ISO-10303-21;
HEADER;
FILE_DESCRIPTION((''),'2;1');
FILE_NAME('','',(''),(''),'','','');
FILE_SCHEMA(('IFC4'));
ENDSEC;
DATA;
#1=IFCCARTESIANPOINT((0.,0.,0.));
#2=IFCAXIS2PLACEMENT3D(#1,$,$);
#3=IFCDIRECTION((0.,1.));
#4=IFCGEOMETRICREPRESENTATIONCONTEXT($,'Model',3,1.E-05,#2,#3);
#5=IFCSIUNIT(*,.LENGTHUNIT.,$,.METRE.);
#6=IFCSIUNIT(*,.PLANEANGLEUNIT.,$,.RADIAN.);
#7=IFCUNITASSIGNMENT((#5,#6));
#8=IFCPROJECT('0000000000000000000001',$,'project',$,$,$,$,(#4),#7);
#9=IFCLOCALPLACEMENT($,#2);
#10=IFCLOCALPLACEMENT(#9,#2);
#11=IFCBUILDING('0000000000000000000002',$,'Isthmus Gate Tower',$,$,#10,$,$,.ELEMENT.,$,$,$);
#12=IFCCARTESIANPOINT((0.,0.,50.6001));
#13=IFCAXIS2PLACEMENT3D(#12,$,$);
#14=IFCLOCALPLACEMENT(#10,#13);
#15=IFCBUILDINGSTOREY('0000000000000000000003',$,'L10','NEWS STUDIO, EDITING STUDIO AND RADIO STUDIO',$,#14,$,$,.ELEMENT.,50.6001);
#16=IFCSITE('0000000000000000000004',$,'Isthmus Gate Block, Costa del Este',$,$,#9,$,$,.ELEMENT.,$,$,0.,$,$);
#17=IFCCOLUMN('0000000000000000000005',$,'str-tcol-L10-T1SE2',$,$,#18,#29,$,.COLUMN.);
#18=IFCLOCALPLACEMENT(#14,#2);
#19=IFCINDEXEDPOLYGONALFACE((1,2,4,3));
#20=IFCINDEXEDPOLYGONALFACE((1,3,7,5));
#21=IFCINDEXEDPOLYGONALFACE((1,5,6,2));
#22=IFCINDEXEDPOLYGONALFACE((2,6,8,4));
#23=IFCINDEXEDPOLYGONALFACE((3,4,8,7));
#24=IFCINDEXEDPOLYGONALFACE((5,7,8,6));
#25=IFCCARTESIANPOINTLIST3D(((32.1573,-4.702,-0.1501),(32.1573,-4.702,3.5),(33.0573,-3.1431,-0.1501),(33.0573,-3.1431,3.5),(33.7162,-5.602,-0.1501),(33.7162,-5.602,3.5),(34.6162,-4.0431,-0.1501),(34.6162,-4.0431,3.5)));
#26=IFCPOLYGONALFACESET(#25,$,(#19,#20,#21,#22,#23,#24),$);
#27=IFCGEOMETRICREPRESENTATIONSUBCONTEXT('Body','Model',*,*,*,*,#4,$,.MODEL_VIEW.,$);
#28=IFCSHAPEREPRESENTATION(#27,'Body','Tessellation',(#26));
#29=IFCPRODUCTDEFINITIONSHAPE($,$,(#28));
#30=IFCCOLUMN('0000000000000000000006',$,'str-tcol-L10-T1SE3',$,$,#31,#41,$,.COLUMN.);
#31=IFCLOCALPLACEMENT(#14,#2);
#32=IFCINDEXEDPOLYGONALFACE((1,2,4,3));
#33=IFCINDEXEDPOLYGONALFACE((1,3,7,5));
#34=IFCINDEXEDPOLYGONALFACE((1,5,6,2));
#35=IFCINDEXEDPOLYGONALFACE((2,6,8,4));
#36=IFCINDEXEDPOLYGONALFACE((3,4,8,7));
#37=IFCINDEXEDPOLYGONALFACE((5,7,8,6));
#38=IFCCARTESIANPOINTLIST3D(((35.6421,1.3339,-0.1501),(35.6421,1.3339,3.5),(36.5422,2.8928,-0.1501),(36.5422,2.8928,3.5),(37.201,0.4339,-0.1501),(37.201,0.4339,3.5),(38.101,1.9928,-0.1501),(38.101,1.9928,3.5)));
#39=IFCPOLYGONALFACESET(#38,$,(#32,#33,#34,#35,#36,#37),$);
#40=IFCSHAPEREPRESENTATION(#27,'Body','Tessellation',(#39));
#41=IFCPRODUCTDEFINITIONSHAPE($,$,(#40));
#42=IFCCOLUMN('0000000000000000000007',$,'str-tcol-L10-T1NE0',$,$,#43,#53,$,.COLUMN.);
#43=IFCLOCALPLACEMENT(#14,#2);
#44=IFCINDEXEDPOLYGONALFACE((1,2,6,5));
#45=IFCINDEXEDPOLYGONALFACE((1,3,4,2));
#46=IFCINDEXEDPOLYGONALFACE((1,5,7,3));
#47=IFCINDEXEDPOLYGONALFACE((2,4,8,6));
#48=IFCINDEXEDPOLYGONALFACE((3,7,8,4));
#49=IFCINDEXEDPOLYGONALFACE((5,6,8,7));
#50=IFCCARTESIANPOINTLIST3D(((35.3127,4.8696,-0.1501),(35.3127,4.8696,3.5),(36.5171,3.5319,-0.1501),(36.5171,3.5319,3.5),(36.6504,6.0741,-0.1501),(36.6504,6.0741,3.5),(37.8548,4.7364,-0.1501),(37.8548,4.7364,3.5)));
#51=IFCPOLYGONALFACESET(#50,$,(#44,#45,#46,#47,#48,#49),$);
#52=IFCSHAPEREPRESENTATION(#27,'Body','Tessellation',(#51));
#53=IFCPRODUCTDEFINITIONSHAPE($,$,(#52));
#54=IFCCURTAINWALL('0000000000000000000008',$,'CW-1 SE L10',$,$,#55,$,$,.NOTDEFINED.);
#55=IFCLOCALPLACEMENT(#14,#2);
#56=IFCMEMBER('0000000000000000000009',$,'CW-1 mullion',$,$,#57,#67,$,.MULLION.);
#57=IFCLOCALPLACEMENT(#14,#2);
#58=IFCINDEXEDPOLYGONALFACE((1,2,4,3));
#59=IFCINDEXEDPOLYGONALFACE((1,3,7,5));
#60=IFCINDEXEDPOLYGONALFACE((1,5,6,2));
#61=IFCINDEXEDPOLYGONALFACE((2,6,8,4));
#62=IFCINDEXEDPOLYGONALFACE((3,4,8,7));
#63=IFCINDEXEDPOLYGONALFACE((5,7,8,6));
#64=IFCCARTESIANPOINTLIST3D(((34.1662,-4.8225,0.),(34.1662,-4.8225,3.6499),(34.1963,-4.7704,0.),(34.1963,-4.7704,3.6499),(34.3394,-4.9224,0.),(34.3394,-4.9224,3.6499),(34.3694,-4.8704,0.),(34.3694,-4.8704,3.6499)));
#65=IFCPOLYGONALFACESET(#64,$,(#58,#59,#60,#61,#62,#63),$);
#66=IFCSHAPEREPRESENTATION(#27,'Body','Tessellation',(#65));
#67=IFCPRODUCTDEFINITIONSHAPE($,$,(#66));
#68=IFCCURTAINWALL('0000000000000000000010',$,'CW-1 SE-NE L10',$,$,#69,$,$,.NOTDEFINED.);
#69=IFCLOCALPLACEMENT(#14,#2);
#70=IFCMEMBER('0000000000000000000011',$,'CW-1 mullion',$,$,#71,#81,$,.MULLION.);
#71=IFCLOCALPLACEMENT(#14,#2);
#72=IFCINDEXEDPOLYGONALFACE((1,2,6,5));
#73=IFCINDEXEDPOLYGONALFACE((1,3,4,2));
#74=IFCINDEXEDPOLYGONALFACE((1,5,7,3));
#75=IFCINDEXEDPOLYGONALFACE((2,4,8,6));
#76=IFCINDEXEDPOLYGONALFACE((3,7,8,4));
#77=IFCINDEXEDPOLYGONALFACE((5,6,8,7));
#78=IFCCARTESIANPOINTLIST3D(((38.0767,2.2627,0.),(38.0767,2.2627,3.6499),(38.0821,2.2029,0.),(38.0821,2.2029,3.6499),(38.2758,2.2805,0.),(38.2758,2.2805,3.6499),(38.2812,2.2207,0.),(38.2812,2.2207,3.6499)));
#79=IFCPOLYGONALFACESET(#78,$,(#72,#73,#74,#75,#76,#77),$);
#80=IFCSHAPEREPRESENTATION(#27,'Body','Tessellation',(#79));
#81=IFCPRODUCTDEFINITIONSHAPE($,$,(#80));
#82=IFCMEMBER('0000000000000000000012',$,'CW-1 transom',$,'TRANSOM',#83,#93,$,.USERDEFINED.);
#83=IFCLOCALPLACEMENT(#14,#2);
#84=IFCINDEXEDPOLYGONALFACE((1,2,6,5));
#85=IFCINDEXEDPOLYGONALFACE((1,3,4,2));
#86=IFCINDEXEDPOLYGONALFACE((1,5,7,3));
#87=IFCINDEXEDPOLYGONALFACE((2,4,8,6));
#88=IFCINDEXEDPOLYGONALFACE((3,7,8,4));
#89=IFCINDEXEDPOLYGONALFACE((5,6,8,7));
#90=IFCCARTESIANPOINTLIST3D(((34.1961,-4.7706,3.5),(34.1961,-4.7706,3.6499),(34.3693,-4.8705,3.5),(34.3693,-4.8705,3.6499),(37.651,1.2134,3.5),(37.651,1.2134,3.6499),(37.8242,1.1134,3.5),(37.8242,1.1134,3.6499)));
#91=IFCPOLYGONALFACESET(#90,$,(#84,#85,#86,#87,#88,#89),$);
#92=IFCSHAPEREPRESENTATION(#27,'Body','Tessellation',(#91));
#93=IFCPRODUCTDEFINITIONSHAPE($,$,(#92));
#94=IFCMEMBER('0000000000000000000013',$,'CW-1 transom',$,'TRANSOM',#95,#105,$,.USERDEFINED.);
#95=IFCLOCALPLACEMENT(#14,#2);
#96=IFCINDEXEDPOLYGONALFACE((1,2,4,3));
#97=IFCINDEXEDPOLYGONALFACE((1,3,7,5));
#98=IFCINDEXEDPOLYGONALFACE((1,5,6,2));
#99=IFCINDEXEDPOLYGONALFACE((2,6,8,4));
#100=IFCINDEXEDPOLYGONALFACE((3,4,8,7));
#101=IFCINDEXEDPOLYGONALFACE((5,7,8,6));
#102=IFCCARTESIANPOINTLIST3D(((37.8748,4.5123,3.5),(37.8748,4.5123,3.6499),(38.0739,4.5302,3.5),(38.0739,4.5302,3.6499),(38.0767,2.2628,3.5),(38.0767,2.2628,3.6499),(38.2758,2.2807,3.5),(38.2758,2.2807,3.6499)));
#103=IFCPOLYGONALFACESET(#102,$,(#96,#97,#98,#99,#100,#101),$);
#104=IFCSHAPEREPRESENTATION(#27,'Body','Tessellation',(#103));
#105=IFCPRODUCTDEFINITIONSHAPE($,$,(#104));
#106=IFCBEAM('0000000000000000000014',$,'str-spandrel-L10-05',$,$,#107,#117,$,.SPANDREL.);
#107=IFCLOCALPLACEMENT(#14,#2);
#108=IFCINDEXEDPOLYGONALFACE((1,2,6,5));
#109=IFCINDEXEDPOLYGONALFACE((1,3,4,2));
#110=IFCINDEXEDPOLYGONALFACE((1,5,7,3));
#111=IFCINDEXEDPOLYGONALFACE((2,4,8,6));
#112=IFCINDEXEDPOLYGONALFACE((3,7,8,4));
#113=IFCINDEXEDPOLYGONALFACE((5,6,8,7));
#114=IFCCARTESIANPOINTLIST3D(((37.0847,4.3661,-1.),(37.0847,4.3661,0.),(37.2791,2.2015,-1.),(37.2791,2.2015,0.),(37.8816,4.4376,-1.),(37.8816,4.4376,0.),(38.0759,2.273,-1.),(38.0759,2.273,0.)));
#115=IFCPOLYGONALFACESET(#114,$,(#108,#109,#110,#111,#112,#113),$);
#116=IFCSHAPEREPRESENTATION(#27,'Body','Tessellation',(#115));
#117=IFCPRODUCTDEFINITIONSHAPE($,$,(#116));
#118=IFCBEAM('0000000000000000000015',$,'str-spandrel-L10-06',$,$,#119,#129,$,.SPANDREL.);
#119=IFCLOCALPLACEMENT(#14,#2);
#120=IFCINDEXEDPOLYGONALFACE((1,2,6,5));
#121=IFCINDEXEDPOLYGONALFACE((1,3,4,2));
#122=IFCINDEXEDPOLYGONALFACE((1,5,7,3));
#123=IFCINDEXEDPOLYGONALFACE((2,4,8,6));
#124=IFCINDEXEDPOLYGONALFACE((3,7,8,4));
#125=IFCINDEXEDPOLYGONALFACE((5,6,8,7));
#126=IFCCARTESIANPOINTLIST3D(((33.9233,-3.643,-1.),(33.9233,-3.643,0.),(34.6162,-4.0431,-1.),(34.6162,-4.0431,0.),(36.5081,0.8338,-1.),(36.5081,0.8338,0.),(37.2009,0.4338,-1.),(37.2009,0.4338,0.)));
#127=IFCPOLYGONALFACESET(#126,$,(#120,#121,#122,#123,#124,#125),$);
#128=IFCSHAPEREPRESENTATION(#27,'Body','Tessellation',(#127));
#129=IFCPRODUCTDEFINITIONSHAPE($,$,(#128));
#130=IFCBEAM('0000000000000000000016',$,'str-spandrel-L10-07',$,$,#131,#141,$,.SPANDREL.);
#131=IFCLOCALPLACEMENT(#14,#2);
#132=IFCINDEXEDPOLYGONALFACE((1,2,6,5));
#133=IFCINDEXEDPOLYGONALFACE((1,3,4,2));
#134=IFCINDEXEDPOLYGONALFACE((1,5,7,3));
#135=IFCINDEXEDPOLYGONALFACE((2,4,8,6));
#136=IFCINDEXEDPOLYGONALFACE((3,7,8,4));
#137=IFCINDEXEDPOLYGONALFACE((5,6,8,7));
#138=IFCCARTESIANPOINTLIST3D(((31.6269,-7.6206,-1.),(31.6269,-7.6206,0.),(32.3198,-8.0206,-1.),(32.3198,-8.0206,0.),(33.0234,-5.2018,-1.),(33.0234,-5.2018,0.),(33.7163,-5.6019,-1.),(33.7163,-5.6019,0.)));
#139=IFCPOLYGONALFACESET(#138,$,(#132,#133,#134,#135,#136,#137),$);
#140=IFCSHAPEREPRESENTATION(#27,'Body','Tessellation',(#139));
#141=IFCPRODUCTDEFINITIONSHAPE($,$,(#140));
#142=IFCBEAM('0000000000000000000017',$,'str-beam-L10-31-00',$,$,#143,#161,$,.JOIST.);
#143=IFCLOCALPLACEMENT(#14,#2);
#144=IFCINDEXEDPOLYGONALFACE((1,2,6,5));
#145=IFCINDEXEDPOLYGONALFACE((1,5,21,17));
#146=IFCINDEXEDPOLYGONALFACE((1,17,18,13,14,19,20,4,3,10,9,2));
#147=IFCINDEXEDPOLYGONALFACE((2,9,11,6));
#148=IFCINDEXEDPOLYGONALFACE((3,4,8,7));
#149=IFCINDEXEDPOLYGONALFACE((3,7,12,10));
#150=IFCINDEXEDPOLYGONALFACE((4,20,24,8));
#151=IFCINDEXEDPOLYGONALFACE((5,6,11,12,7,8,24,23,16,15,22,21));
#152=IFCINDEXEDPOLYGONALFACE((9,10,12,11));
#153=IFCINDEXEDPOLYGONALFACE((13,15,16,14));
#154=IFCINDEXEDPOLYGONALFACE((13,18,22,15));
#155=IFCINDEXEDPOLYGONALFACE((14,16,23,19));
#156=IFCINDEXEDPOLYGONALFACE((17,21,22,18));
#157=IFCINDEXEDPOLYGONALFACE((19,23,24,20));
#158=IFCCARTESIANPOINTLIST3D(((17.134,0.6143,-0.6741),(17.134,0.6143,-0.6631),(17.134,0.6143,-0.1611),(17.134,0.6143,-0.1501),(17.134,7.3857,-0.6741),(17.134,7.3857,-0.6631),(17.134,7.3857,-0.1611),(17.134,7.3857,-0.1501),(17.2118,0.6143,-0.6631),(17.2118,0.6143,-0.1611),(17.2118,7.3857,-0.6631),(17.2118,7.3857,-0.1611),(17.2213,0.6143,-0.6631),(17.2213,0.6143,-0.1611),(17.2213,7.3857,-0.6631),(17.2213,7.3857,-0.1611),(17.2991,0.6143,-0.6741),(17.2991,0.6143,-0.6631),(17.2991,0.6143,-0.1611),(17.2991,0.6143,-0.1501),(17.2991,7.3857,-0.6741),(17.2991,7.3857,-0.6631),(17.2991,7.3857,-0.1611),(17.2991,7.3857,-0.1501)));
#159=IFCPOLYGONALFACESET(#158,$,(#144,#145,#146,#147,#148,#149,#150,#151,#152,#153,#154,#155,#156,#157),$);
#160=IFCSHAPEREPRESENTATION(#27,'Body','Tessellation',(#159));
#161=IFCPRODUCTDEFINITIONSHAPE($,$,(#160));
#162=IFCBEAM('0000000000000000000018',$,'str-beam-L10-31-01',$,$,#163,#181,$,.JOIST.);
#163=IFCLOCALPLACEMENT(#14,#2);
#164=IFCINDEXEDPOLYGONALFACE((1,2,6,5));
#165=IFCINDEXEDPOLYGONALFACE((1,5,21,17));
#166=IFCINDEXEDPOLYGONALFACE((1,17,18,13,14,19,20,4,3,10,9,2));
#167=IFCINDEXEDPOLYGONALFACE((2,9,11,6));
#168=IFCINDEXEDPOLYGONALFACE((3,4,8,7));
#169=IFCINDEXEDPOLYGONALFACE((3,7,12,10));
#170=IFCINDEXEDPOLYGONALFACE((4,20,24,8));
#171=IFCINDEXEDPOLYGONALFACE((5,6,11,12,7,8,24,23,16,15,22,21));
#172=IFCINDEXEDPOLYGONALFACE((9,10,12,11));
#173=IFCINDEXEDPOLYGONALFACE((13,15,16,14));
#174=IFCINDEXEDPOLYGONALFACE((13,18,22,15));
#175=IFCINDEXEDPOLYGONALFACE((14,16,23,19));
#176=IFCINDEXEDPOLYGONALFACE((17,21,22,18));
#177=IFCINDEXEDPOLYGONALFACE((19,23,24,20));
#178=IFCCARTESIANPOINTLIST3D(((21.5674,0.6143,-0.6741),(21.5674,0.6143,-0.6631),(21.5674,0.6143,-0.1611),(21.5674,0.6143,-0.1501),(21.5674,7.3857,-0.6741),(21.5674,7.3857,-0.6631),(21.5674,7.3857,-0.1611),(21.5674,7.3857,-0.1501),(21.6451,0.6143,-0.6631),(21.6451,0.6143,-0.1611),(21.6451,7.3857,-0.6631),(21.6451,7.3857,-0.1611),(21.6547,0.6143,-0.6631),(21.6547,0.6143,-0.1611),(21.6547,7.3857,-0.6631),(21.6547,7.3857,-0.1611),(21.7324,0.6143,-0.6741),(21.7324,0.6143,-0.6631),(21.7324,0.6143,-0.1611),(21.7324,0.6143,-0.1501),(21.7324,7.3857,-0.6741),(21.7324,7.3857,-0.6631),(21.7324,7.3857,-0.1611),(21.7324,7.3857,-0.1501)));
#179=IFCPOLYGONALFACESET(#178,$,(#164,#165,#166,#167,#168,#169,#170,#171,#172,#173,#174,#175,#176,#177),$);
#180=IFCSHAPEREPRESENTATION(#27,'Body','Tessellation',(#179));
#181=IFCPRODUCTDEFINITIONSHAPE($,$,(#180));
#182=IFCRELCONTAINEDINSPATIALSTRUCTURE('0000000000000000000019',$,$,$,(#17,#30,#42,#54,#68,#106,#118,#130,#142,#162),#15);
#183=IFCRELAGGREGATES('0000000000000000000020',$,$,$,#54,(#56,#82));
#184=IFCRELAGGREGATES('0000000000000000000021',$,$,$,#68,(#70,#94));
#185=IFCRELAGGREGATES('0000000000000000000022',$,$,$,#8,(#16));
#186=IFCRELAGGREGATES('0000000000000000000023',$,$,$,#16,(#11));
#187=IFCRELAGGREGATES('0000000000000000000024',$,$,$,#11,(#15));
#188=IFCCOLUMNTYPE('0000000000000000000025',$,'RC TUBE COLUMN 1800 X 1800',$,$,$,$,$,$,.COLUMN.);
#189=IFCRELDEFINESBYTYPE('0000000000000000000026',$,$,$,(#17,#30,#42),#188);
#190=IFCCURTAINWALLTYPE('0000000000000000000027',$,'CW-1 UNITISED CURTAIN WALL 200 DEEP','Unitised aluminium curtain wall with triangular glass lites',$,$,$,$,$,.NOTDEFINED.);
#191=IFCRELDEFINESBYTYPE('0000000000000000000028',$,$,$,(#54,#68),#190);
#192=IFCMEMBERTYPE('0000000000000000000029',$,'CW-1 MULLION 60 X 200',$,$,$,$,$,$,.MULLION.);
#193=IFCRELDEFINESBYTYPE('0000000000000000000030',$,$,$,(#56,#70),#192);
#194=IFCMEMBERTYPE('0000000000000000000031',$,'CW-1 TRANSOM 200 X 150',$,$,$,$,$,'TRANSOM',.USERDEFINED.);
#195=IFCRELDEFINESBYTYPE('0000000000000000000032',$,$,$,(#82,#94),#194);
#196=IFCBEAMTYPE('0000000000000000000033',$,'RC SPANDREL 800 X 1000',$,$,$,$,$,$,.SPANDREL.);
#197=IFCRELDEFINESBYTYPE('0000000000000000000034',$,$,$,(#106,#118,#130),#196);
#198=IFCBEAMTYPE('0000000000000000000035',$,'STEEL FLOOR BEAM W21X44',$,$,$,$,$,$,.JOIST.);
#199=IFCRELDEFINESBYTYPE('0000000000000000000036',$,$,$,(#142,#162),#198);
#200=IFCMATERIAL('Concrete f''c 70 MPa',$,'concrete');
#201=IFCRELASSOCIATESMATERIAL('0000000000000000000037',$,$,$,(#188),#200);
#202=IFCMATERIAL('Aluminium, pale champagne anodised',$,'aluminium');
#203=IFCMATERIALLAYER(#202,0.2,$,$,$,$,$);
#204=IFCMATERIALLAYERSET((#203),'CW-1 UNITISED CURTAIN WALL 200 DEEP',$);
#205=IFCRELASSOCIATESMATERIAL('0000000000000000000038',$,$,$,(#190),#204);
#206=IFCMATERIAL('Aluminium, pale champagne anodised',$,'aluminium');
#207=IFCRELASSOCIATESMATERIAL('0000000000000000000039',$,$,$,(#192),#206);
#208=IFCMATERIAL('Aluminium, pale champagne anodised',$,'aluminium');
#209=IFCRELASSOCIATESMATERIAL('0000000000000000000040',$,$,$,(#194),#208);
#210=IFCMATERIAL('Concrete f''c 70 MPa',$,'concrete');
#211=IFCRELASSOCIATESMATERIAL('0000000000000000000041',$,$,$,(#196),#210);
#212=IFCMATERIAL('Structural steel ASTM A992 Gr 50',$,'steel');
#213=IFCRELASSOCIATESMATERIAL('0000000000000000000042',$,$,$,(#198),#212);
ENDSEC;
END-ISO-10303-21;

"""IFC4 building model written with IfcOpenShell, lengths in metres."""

from ifc_helpers import new_model, si_unit, direction, frame, origin, origin_2d, place, context, subcontext, project, spatial, rectangle, i_section, extrude, material, layer, layer_set, material_profile, profile_set, type_object, element, aggregate, save


model = new_model("IFC4")

# Units and contexts
model_context = context("Model", 3, precision=1e-05, world=origin(), true_north=direction((0.0, 1.0)))
body_context = subcontext(model_context, "Body", "Model", "MODEL_VIEW")
ifc_project = project(units=[si_unit("LENGTHUNIT", "METRE"), si_unit("PLANEANGLEUNIT", "RADIAN")], contexts=[model_context])

# Site, building, storey
site_placement = place(None, origin())
site = spatial("IfcSite", under=ifc_project, at=site_placement, Name="Isthmus Gate Block, Costa del Este", CompositionType="ELEMENT", RefElevation=0.0)
building_placement = place(site_placement, origin())
building = spatial("IfcBuilding", under=site, at=building_placement, Name="Isthmus Gate Tower", CompositionType="ELEMENT")
storey_placement = place(building_placement, frame((0.0, 0.0, 50.6001)))
storey = spatial("IfcBuildingStorey", under=building, at=storey_placement, Name="L10", Description="NEWS STUDIO, EDITING STUDIO AND RADIO STUDIO", CompositionType="ELEMENT", Elevation=50.6001)

# Columns
ifc_material_1 = material(Name="Concrete f'c 70 MPa", Category="concrete")
ifc_material_profile_1 = material_profile(ifc_material_1, rectangle(XDim=1.8, YDim=1.8, at=origin_2d()), Name="RC 1800X1800")
ifc_profile_set_1 = profile_set([ifc_material_profile_1], Name="Concrete f'c 70 MPa")
column_type = type_object("IfcColumnType", Name="RC TUBE COLUMN 1800 X 1800", PredefinedType="COLUMN", material=ifc_profile_set_1)
for number, where, z_axis, x_axis, name in (
    (1, (33.3867, -4.3726, -0.1501), (0.0, 0.0, 1.0), (0.5, 0.866025, 0.0), "str-tcol-L10-T1SE2"),
    (2, (36.8716, 1.6633, -0.1501), (0.0, 0.0, 1.0), (0.5, 0.866025, 0.0), "str-tcol-L10-T1SE3"),
    (3, (36.5837, 4.803, -0.1501), (0.0, 0.0, 1.0), (-0.669131, 0.743145, 0.0), "str-tcol-L10-T1NE0"),
):
    element("IfcColumn", number, at=place(storey_placement, frame(where, z_axis=z_axis, x_axis=x_axis)), inside=storey, type_object=column_type, Name=name, PredefinedType="COLUMN", context=body_context, shape_type="SweptSolid", body=[
        extrude(rectangle(XDim=1.8, YDim=1.8, at=origin_2d()), origin(), (0.0, 0.0, 1.0), 3.6501),
    ])

# Curtain walls, members
ifc_material_2 = material(Name="Aluminium, pale champagne anodised", Category="aluminium")
ifc_layer_1 = layer(ifc_material_2, 0.2)
ifc_layer_set_1 = layer_set([ifc_layer_1], Name="CW-1 UNITISED CURTAIN WALL 200 DEEP")
curtain_wall_type = type_object("IfcCurtainWallType", Name="CW-1 UNITISED CURTAIN WALL 200 DEEP", Description="Unitised aluminium curtain wall with triangular glass lites", PredefinedType="NOTDEFINED", material=ifc_layer_set_1)
curtain_wall_1_placement = place(storey_placement, origin())
curtain_wall_1 = element("IfcCurtainWall", 4, at=curtain_wall_1_placement, inside=storey, type_object=curtain_wall_type, Name="CW-1 SE L10", PredefinedType="NOTDEFINED")
ifc_material_3 = material(Name="Aluminium, pale champagne anodised", Category="aluminium")
ifc_material_profile_2 = material_profile(ifc_material_3, rectangle(XDim=0.0601, YDim=0.2, at=origin_2d()), Name="60x200")
ifc_profile_set_2 = profile_set([ifc_material_profile_2], Name="Aluminium, pale champagne anodised")
member_type_1 = type_object("IfcMemberType", Name="CW-1 MULLION 60 X 200", PredefinedType="MULLION", material=ifc_profile_set_2)
member_1_placement = place(storey_placement, frame((34.2678, -4.8464, 0.0), z_axis=(0.0, 0.0, 1.0), x_axis=(0.5, 0.866025, 0.0)))
member_1 = element("IfcMember", 5, at=member_1_placement, type_object=member_type_1, Name="CW-1 mullion", PredefinedType="MULLION", context=body_context, shape_type="SweptSolid", body=[
    extrude(rectangle(XDim=0.0601, YDim=0.2, at=origin_2d()), origin(), (0.0, 0.0, 1.0), 3.6499),
])
curtain_wall_2_placement = place(storey_placement, origin())
curtain_wall_2 = element("IfcCurtainWall", 6, at=curtain_wall_2_placement, inside=storey, type_object=curtain_wall_type, Name="CW-1 SE-NE L10", PredefinedType="NOTDEFINED")
member_2_placement = place(storey_placement, frame((38.179, 2.2417, 0.0), z_axis=(0.0, 0.0, 1.0), x_axis=(-0.089397, 0.995996, 0.0)))
member_2 = element("IfcMember", 7, at=member_2_placement, type_object=member_type_1, Name="CW-1 mullion", PredefinedType="MULLION", context=body_context, shape_type="SweptSolid", body=[
    extrude(rectangle(XDim=0.0601, YDim=0.2, at=origin_2d()), origin(), (0.0, 0.0, 1.0), 3.6499),
])

# Members
ifc_material_4 = material(Name="Aluminium, pale champagne anodised", Category="aluminium")
ifc_material_profile_3 = material_profile(ifc_material_4, rectangle(XDim=0.2, YDim=0.1499, at=origin_2d()), Name="200x150")
ifc_profile_set_3 = profile_set([ifc_material_profile_3], Name="Aluminium, pale champagne anodised")
member_type_2 = type_object("IfcMemberType", Name="CW-1 TRANSOM 200 X 150", ElementType="TRANSOM", PredefinedType="USERDEFINED", material=ifc_profile_set_3)
member_3_placement = place(storey_placement, frame((34.2827, -4.8206, 3.575), z_axis=(0.500004, 0.866023, 0.0), x_axis=(-0.866023, 0.500004, 0.0)))
member_3 = element("IfcMember", 8, at=member_3_placement, type_object=member_type_2, Name="CW-1 transom", ObjectType="TRANSOM", PredefinedType="USERDEFINED", context=body_context, shape_type="SweptSolid", body=[
    extrude(rectangle(XDim=0.2, YDim=0.1499, at=origin_2d()), origin(), (0.0, 0.0, 1.0), 6.9097),
])
member_4_placement = place(storey_placement, frame((38.1763, 2.2717, 3.575), z_axis=(-0.089395, 0.995996, 0.0), x_axis=(-0.995996, -0.089395, 0.0)))
member_4 = element("IfcMember", 9, at=member_4_placement, type_object=member_type_2, Name="CW-1 transom", ObjectType="TRANSOM", PredefinedType="USERDEFINED", context=body_context, shape_type="SweptSolid", body=[
    extrude(rectangle(XDim=0.2, YDim=0.1499, at=origin_2d()), origin(), (0.0, 0.0, 1.0), 2.2585),
])

# Beams
ifc_material_5 = material(Name="Concrete f'c 70 MPa", Category="concrete")
ifc_material_profile_4 = material_profile(ifc_material_5, rectangle(XDim=0.8, YDim=1.0, at=origin_2d()), Name="RC 800X1000")
ifc_profile_set_4 = profile_set([ifc_material_profile_4], Name="Concrete f'c 70 MPa")
beam_type_1 = type_object("IfcBeamType", Name="RC SPANDREL 800 X 1000", PredefinedType="SPANDREL", material=ifc_profile_set_4)
beam_1_placement = place(storey_placement, frame((37.4832, 4.4019, -0.5), z_axis=(0.089422, -0.995994, 0.0), x_axis=(0.995994, 0.089422, 0.0)))
element("IfcBeam", 10, at=beam_1_placement, inside=storey, type_object=beam_type_1, Name="str-spandrel-L10-05", PredefinedType="SPANDREL", context=body_context, shape_type="SweptSolid", body=[
    extrude(rectangle(XDim=0.8, YDim=1.0, at=origin_2d()), origin(), (0.0, 0.0, 1.0), 2.1733),
])
beam_2_placement = place(storey_placement, frame((36.8545, 0.6338, -0.5), z_axis=(-0.500005, -0.866023, 0.0), x_axis=(0.866023, -0.500005, 0.0)))
element("IfcBeam", 11, at=beam_2_placement, inside=storey, type_object=beam_type_1, Name="str-spandrel-L10-06", PredefinedType="SPANDREL", context=body_context, shape_type="SweptSolid", body=[
    extrude(rectangle(XDim=0.8, YDim=1.0, at=origin_2d()), origin(), (0.0, 0.0, 1.0), 5.1694),
])
beam_3_placement = place(storey_placement, frame((33.3699, -5.4019, -0.5), z_axis=(-0.500013, -0.866018, 0.0), x_axis=(0.866018, -0.500013, 0.0)))
element("IfcBeam", 12, at=beam_3_placement, inside=storey, type_object=beam_type_1, Name="str-spandrel-L10-07", PredefinedType="SPANDREL", context=body_context, shape_type="SweptSolid", body=[
    extrude(rectangle(XDim=0.8, YDim=1.0, at=origin_2d()), origin(), (0.0, 0.0, 1.0), 2.793),
])
ifc_material_6 = material(Name="Structural steel ASTM A992 Gr 50", Category="steel")
ifc_material_profile_5 = material_profile(ifc_material_6, i_section(OverallWidth=0.165, OverallDepth=0.5239, WebThickness=0.0095, FlangeThickness=0.011, at=origin_2d()), Name="W21X44")
ifc_profile_set_5 = profile_set([ifc_material_profile_5], Name="Structural steel ASTM A992 Gr 50")
beam_type_2 = type_object("IfcBeamType", Name="STEEL FLOOR BEAM W21X44", PredefinedType="JOIST", material=ifc_profile_set_5)
for number, where, z_axis, x_axis, name in (
    (13, (17.2166, 0.6143, -0.4121), (0.0, 1.0, 0.0), (-1.0, 0.0, 0.0), "str-beam-L10-31-00"),
    (14, (21.6499, 0.6143, -0.4121), (0.0, 1.0, 0.0), (-1.0, 0.0, 0.0), "str-beam-L10-31-01"),
):
    element("IfcBeam", number, at=place(storey_placement, frame(where, z_axis=z_axis, x_axis=x_axis)), inside=storey, type_object=beam_type_2, Name=name, PredefinedType="JOIST", context=body_context, shape_type="SweptSolid", body=[
        extrude(i_section(OverallWidth=0.165, OverallDepth=0.5239, WebThickness=0.0095, FlangeThickness=0.011, at=origin_2d()), origin(), (0.0, 0.0, 1.0), 6.7715),
    ])

aggregate(curtain_wall_1, [member_1, member_3])
aggregate(curtain_wall_2, [member_2, member_4])

save(model, "model.ifc")
